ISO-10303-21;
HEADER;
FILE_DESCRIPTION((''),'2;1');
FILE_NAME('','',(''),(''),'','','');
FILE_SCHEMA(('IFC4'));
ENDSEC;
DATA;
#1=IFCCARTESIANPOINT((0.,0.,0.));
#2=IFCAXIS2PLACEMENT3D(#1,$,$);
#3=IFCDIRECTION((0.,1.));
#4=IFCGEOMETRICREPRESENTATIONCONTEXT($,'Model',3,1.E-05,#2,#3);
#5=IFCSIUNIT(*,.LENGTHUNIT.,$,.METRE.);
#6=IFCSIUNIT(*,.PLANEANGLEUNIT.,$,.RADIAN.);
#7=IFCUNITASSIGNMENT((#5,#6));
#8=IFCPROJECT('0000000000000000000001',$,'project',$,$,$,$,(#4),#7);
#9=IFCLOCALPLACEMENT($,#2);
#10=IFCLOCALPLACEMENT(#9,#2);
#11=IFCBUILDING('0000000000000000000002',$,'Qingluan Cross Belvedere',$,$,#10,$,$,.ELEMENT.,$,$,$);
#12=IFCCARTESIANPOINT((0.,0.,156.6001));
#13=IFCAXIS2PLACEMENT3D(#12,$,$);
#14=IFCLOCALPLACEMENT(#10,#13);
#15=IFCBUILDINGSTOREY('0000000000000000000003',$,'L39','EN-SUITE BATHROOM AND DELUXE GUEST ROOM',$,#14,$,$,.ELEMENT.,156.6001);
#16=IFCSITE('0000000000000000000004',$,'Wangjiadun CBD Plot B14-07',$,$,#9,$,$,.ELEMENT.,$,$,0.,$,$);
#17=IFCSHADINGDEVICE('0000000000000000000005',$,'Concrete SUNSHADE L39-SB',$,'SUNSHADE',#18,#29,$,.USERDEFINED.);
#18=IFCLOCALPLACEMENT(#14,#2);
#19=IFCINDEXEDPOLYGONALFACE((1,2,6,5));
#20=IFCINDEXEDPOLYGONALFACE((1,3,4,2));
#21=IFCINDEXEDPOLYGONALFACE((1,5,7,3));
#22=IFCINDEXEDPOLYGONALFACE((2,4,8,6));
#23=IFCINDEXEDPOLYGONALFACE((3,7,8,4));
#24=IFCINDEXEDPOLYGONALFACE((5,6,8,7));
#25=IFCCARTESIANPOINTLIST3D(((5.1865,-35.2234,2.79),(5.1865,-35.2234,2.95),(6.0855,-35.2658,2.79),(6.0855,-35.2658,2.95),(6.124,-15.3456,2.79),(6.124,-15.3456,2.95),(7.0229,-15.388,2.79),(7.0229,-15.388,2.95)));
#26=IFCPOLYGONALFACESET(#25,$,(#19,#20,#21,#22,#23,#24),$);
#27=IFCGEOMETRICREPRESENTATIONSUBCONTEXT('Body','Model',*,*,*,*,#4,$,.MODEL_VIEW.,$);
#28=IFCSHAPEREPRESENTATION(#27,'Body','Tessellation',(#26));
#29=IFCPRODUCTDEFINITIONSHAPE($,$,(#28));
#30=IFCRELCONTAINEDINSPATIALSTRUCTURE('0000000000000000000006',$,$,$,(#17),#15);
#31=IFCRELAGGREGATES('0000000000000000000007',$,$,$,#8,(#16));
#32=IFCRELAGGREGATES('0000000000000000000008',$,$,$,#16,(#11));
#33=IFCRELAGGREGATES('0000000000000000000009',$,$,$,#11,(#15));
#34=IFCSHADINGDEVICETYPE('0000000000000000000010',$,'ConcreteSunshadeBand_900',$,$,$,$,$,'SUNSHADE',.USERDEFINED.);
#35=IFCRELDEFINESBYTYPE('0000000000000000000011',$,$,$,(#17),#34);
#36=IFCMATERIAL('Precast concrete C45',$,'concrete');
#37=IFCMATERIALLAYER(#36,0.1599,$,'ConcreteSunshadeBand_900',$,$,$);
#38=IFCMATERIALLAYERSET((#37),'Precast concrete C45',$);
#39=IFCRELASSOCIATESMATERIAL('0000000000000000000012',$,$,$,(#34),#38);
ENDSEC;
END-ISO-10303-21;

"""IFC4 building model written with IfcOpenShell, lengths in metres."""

from ifc_helpers import new_model, si_unit, direction, frame, origin, origin_2d, place, context, subcontext, project, spatial, rectangle, extrude, material, layer, layer_set, type_object, element, save


model = new_model("IFC4")

# Units and contexts
model_context = context("Model", 3, precision=1e-05, world=origin(), true_north=direction((0.0, 1.0)))
body_context = subcontext(model_context, "Body", "Model", "MODEL_VIEW")
ifc_project = project(units=[si_unit("LENGTHUNIT", "METRE"), si_unit("PLANEANGLEUNIT", "RADIAN")], contexts=[model_context])

# Site, building, storey
site_placement = place(None, origin())
site = spatial("IfcSite", under=ifc_project, at=site_placement, Name="Wangjiadun CBD Plot B14-07", CompositionType="ELEMENT", RefElevation=0.0)
building_placement = place(site_placement, origin())
building = spatial("IfcBuilding", under=site, at=building_placement, Name="Qingluan Cross Belvedere", CompositionType="ELEMENT")
storey_placement = place(building_placement, frame((0.0, 0.0, 156.6001)))
storey = spatial("IfcBuildingStorey", under=building, at=storey_placement, Name="L39", Description="EN-SUITE BATHROOM AND DELUXE GUEST ROOM", CompositionType="ELEMENT", Elevation=156.6001)

# Shading device
ifc_material_1 = material(Name="Precast concrete C45", Category="concrete")
ifc_layer_1 = layer(ifc_material_1, 0.1599, Name="ConcreteSunshadeBand_900")
ifc_layer_set_1 = layer_set([ifc_layer_1], Name="Precast concrete C45")
shading_device_type = type_object("IfcShadingDeviceType", Name="ConcreteSunshadeBand_900", ElementType="SUNSHADE", PredefinedType="USERDEFINED", material=ifc_layer_set_1)
shading_device_placement = place(storey_placement, frame((6.1047, -25.3057, 2.79), z_axis=(0.0, 0.0, 1.0), x_axis=(0.047109, 0.99889, 0.0)))
element("IfcShadingDevice", 1, at=shading_device_placement, inside=storey, type_object=shading_device_type, Name="Concrete SUNSHADE L39-SB", ObjectType="SUNSHADE", PredefinedType="USERDEFINED", context=body_context, shape_type="SweptSolid", body=[
    extrude(rectangle(XDim=19.8999, YDim=0.8999, at=origin_2d()), origin(), (0.0, 0.0, 1.0), 0.1599),
])

save(model, "model.ifc")
